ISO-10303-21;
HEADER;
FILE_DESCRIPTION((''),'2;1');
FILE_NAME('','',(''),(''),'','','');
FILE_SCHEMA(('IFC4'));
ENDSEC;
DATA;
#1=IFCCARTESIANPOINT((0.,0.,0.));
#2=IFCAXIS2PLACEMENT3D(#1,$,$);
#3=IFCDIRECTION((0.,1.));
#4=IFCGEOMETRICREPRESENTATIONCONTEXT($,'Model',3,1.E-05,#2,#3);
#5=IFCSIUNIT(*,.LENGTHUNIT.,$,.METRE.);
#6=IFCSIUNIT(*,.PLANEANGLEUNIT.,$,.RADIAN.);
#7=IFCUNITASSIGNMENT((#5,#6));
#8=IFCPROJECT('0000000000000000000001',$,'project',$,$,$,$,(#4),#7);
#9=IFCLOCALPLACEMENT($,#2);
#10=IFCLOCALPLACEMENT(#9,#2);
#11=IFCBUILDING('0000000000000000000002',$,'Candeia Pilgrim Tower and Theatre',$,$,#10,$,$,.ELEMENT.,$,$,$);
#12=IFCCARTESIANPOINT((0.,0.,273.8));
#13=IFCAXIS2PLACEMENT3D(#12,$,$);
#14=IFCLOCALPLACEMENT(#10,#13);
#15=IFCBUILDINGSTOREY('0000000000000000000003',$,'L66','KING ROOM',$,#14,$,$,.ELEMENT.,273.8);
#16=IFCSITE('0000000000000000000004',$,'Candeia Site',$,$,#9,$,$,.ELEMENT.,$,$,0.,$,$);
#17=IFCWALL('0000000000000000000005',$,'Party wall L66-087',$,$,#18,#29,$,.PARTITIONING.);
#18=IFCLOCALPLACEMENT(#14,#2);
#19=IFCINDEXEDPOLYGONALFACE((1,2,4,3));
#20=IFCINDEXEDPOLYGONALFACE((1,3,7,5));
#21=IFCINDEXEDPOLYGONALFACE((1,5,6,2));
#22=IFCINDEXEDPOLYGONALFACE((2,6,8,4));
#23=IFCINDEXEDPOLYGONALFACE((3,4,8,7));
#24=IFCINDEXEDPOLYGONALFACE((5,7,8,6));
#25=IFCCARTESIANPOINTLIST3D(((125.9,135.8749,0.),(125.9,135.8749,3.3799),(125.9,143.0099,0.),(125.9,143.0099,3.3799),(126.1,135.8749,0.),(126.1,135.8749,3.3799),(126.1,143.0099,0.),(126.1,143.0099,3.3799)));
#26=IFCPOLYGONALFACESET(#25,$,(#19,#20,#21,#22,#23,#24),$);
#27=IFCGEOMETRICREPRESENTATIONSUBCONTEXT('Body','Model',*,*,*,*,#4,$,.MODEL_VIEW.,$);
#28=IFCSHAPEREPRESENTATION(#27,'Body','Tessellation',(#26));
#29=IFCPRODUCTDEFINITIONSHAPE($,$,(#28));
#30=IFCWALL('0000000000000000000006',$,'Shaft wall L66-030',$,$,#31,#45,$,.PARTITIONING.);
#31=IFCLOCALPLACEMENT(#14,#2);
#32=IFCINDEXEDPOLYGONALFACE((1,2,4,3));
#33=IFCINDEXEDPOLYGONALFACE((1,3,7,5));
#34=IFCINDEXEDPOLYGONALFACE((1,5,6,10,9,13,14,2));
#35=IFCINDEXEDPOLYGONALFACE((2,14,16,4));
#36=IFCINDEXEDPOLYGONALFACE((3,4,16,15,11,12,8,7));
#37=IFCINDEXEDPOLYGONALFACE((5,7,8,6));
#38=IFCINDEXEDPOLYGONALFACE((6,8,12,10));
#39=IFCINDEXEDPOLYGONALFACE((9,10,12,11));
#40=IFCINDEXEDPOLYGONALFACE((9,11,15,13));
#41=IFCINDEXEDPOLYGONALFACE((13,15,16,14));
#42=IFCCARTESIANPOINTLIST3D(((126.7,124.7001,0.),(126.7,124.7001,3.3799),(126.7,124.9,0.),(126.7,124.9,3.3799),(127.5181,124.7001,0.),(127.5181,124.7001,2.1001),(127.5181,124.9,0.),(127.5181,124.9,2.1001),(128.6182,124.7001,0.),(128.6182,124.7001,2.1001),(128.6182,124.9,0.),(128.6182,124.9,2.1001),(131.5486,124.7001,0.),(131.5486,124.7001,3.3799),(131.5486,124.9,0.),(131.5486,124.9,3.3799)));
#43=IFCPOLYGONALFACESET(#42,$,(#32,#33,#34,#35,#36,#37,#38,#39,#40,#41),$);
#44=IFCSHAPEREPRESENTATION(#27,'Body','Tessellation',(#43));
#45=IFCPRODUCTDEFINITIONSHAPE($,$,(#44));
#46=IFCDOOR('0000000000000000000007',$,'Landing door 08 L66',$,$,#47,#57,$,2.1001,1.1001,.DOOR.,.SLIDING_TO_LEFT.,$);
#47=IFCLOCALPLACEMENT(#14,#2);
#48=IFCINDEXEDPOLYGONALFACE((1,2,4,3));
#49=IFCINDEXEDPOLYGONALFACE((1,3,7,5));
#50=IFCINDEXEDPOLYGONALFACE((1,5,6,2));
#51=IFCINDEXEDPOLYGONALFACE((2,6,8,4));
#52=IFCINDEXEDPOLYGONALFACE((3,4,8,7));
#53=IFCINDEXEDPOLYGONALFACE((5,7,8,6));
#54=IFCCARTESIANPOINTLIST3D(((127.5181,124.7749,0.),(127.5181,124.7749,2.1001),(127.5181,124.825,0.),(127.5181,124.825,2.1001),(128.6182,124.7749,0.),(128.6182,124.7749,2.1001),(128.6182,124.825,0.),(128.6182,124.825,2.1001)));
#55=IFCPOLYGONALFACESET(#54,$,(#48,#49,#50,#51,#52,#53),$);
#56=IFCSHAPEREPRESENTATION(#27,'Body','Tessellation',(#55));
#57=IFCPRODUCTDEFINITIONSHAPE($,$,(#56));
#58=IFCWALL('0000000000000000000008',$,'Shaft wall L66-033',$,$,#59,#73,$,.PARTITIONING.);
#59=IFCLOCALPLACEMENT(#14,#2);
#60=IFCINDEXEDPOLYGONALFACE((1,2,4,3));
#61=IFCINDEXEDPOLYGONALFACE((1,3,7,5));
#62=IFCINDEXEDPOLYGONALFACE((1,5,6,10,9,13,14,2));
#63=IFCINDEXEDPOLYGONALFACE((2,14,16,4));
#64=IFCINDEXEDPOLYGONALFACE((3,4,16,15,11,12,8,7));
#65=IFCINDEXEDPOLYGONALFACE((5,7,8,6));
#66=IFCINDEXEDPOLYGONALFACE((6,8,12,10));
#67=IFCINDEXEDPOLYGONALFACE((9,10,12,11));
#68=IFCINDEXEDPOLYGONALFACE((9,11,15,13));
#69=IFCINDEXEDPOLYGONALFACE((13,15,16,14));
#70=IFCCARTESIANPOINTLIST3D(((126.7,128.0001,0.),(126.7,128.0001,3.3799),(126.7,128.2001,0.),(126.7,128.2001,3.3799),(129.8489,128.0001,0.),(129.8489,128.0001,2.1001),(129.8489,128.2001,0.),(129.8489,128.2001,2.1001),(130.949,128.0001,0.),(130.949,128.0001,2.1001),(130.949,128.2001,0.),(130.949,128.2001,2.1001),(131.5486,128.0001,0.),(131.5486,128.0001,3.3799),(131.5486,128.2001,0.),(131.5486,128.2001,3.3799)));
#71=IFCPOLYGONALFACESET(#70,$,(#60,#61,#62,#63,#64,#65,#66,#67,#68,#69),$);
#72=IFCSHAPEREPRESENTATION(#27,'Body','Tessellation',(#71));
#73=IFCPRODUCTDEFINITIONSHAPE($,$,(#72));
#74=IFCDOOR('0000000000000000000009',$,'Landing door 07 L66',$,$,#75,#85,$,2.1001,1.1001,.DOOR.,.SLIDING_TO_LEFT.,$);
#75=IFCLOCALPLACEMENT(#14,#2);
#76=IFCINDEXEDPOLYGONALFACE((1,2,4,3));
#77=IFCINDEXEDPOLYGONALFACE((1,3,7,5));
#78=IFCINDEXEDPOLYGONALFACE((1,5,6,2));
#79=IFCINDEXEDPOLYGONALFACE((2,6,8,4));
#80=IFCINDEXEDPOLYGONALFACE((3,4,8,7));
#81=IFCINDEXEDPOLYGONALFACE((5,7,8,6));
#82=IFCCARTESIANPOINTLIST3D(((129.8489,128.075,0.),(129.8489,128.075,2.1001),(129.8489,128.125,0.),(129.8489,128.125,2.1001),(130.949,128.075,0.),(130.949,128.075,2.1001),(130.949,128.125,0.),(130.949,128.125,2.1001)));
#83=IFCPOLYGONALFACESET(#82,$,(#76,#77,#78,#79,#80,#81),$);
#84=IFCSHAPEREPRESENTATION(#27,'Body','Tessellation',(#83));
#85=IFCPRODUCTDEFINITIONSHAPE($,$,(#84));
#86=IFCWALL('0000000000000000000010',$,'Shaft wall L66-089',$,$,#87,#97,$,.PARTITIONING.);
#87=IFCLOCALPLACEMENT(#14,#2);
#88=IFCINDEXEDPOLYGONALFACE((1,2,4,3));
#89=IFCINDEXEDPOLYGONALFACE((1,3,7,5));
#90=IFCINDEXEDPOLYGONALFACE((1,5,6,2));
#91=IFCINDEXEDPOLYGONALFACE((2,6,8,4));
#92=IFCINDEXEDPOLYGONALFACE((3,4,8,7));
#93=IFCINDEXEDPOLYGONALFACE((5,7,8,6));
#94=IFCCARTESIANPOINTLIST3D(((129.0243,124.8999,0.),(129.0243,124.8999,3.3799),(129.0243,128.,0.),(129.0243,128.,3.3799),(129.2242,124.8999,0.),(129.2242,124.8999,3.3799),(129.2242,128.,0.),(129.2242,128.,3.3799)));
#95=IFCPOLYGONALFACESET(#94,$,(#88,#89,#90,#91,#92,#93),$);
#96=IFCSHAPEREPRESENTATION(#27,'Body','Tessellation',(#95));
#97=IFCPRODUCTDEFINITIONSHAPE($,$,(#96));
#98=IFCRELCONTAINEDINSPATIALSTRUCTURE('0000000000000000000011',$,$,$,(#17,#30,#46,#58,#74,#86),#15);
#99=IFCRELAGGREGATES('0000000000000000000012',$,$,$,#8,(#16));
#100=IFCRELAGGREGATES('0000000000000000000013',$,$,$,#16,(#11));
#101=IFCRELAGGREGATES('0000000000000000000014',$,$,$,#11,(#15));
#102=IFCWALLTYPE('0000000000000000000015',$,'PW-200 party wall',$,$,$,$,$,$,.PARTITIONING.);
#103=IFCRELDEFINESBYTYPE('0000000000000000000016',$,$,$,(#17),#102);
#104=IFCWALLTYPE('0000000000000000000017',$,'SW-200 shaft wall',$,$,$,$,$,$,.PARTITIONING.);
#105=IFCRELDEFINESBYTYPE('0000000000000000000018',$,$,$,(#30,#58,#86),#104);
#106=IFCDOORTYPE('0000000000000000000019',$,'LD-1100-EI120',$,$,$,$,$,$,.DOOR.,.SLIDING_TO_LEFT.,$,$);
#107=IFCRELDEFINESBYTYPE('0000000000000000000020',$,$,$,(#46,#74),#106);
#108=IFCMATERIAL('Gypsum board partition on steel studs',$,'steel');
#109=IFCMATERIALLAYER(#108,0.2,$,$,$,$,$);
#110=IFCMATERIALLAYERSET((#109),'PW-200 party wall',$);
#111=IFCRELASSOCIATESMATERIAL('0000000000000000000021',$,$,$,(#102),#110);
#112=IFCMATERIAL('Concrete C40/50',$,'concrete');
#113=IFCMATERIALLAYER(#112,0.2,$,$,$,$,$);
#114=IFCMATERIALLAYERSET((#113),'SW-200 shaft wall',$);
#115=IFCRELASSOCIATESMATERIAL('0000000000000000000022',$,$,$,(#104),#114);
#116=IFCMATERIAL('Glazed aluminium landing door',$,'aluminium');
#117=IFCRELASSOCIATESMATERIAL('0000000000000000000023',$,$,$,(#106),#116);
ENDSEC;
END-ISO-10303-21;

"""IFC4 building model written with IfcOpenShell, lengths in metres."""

from ifc_helpers import new_model, si_unit, direction, frame, frame_2d, origin, place, context, subcontext, project, spatial, rectangle, extrude, material, layer, layer_set, type_object, element, fill, save


model = new_model("IFC4")

# Units and contexts
model_context = context("Model", 3, precision=1e-05, world=origin(), true_north=direction((0.0, 1.0)))
body_context = subcontext(model_context, "Body", "Model", "MODEL_VIEW")
ifc_project = project(units=[si_unit("LENGTHUNIT", "METRE"), si_unit("PLANEANGLEUNIT", "RADIAN")], contexts=[model_context])

# Site, building, storey
site_placement = place(None, origin())
site = spatial("IfcSite", under=ifc_project, at=site_placement, Name="Candeia Site", CompositionType="ELEMENT", RefElevation=0.0)
building_placement = place(site_placement, origin())
building = spatial("IfcBuilding", under=site, at=building_placement, Name="Candeia Pilgrim Tower and Theatre", CompositionType="ELEMENT")
storey_placement = place(building_placement, frame((0.0, 0.0, 273.8)))
storey = spatial("IfcBuildingStorey", under=building, at=storey_placement, Name="L66", Description="KING ROOM", CompositionType="ELEMENT", Elevation=273.8)

# Shared definitions
ifc_material_1 = material(Name="Concrete C40/50", Category="concrete")

# Shared definitions
ifc_material_2 = material(Name="Gypsum board partition on steel studs", Category="steel")

# Wall
ifc_layer_1 = layer(ifc_material_2, 0.2)
ifc_layer_set_1 = layer_set([ifc_layer_1], Name="PW-200 party wall")
wall_type_1 = type_object("IfcWallType", Name="PW-200 party wall", PredefinedType="PARTITIONING", material=ifc_layer_set_1)
for number, where, z_axis, x_axis, name in (
    (1, (126.0, 135.875, 0.0), (0.0, 0.0, 1.0), (0.0, 1.0, 0.0), "Party wall L66-087"),
):
    element("IfcWall", number, at=place(storey_placement, frame(where, z_axis=z_axis, x_axis=x_axis)), inside=storey, type_object=wall_type_1, Name=name, PredefinedType="PARTITIONING", context=body_context, shape_type="SweptSolid", body=[
        extrude(rectangle(XDim=7.135, YDim=0.2, at=frame_2d((3.5674, 0.0))), origin(), (0.0, 0.0, 1.0), 3.3799),
    ])

# Walls, openings, doors
ifc_layer_2 = layer(ifc_material_1, 0.2)
ifc_layer_set_2 = layer_set([ifc_layer_2], Name="SW-200 shaft wall")
wall_type_2 = type_object("IfcWallType", Name="SW-200 shaft wall", PredefinedType="PARTITIONING", material=ifc_layer_set_2)
wall_1_placement = place(storey_placement, frame((126.7, 124.8, 0.0), z_axis=(0.0, 0.0, 1.0), x_axis=(1.0, 0.0, 0.0)))
wall_1 = element("IfcWall", 2, at=wall_1_placement, inside=storey, type_object=wall_type_2, Name="Shaft wall L66-030", PredefinedType="PARTITIONING", context=body_context, shape_type="SweptSolid", body=[
    extrude(rectangle(XDim=4.8486, YDim=0.2, at=frame_2d((2.4243, 0.0))), origin(), (0.0, 0.0, 1.0), 3.3799),
])
opening_1_placement = place(wall_1_placement, frame((0.8181, 0.0, 0.0)))
opening_1 = element("IfcOpeningElement", 3, at=opening_1_placement, cuts=wall_1, PredefinedType="OPENING", context=body_context, shape_type="SweptSolid", body=[
    extrude(rectangle(XDim=1.1001, YDim=2.1001, at=frame_2d((0.55, 1.05))), frame((0.0, 0.1099, 0.0), z_axis=(0.0, -1.0, 0.0), x_axis=(1.0, 0.0, 0.0)), (0.0, 0.0, 1.0), 0.22),
])
ifc_material_3 = material(Name="Glazed aluminium landing door", Category="aluminium")
door_type_1 = type_object("IfcDoorType", Name="LD-1100-EI120", OperationType="SLIDING_TO_LEFT", PredefinedType="DOOR", material=ifc_material_3)
door_1_placement = place(opening_1_placement, origin())
door_1 = element("IfcDoor", 4, at=door_1_placement, inside=storey, type_object=door_type_1, Name="Landing door 08 L66", OperationType="SLIDING_TO_LEFT", OverallHeight=2.1001, OverallWidth=1.1001, PredefinedType="DOOR", context=body_context, shape_type="SweptSolid", body=[
    extrude(rectangle(XDim=1.1001, YDim=2.1001, at=frame_2d((0.55, 1.05))), frame((0.0, 0.0249, 0.0), z_axis=(0.0, -1.0, 0.0), x_axis=(1.0, 0.0, 0.0)), (0.0, 0.0, 1.0), 0.05),
])
fill(opening_1, door_1)
wall_2_placement = place(storey_placement, frame((126.7, 128.1001, 0.0), z_axis=(0.0, 0.0, 1.0), x_axis=(1.0, 0.0, 0.0)))
wall_2 = element("IfcWall", 5, at=wall_2_placement, inside=storey, type_object=wall_type_2, Name="Shaft wall L66-033", PredefinedType="PARTITIONING", context=body_context, shape_type="SweptSolid", body=[
    extrude(rectangle(XDim=4.8486, YDim=0.2, at=frame_2d((2.4243, 0.0))), origin(), (0.0, 0.0, 1.0), 3.3799),
])
opening_2_placement = place(wall_2_placement, frame((3.1489, 0.0, 0.0)))
opening_2 = element("IfcOpeningElement", 6, at=opening_2_placement, cuts=wall_2, PredefinedType="OPENING", context=body_context, shape_type="SweptSolid", body=[
    extrude(rectangle(XDim=1.1001, YDim=2.1001, at=frame_2d((0.55, 1.05))), frame((0.0, 0.1099, 0.0), z_axis=(0.0, -1.0, 0.0), x_axis=(1.0, 0.0, 0.0)), (0.0, 0.0, 1.0), 0.22),
])
door_2_placement = place(opening_2_placement, origin())
door_2 = element("IfcDoor", 7, at=door_2_placement, inside=storey, type_object=door_type_1, Name="Landing door 07 L66", OperationType="SLIDING_TO_LEFT", OverallHeight=2.1001, OverallWidth=1.1001, PredefinedType="DOOR", context=body_context, shape_type="SweptSolid", body=[
    extrude(rectangle(XDim=1.1001, YDim=2.1001, at=frame_2d((0.55, 1.05))), frame((0.0, 0.0249, 0.0), z_axis=(0.0, -1.0, 0.0), x_axis=(1.0, 0.0, 0.0)), (0.0, 0.0, 1.0), 0.05),
])
fill(opening_2, door_2)

# Wall
wall_3_placement = place(storey_placement, frame((129.1243, 124.8999, 0.0), z_axis=(0.0, 0.0, 1.0), x_axis=(0.0, 1.0, 0.0)))
element("IfcWall", 8, at=wall_3_placement, inside=storey, type_object=wall_type_2, Name="Shaft wall L66-089", PredefinedType="PARTITIONING", context=body_context, shape_type="SweptSolid", body=[
    extrude(rectangle(XDim=3.1001, YDim=0.2, at=frame_2d((1.55, 0.0))), origin(), (0.0, 0.0, 1.0), 3.3799),
])

save(model, "model.ifc")
